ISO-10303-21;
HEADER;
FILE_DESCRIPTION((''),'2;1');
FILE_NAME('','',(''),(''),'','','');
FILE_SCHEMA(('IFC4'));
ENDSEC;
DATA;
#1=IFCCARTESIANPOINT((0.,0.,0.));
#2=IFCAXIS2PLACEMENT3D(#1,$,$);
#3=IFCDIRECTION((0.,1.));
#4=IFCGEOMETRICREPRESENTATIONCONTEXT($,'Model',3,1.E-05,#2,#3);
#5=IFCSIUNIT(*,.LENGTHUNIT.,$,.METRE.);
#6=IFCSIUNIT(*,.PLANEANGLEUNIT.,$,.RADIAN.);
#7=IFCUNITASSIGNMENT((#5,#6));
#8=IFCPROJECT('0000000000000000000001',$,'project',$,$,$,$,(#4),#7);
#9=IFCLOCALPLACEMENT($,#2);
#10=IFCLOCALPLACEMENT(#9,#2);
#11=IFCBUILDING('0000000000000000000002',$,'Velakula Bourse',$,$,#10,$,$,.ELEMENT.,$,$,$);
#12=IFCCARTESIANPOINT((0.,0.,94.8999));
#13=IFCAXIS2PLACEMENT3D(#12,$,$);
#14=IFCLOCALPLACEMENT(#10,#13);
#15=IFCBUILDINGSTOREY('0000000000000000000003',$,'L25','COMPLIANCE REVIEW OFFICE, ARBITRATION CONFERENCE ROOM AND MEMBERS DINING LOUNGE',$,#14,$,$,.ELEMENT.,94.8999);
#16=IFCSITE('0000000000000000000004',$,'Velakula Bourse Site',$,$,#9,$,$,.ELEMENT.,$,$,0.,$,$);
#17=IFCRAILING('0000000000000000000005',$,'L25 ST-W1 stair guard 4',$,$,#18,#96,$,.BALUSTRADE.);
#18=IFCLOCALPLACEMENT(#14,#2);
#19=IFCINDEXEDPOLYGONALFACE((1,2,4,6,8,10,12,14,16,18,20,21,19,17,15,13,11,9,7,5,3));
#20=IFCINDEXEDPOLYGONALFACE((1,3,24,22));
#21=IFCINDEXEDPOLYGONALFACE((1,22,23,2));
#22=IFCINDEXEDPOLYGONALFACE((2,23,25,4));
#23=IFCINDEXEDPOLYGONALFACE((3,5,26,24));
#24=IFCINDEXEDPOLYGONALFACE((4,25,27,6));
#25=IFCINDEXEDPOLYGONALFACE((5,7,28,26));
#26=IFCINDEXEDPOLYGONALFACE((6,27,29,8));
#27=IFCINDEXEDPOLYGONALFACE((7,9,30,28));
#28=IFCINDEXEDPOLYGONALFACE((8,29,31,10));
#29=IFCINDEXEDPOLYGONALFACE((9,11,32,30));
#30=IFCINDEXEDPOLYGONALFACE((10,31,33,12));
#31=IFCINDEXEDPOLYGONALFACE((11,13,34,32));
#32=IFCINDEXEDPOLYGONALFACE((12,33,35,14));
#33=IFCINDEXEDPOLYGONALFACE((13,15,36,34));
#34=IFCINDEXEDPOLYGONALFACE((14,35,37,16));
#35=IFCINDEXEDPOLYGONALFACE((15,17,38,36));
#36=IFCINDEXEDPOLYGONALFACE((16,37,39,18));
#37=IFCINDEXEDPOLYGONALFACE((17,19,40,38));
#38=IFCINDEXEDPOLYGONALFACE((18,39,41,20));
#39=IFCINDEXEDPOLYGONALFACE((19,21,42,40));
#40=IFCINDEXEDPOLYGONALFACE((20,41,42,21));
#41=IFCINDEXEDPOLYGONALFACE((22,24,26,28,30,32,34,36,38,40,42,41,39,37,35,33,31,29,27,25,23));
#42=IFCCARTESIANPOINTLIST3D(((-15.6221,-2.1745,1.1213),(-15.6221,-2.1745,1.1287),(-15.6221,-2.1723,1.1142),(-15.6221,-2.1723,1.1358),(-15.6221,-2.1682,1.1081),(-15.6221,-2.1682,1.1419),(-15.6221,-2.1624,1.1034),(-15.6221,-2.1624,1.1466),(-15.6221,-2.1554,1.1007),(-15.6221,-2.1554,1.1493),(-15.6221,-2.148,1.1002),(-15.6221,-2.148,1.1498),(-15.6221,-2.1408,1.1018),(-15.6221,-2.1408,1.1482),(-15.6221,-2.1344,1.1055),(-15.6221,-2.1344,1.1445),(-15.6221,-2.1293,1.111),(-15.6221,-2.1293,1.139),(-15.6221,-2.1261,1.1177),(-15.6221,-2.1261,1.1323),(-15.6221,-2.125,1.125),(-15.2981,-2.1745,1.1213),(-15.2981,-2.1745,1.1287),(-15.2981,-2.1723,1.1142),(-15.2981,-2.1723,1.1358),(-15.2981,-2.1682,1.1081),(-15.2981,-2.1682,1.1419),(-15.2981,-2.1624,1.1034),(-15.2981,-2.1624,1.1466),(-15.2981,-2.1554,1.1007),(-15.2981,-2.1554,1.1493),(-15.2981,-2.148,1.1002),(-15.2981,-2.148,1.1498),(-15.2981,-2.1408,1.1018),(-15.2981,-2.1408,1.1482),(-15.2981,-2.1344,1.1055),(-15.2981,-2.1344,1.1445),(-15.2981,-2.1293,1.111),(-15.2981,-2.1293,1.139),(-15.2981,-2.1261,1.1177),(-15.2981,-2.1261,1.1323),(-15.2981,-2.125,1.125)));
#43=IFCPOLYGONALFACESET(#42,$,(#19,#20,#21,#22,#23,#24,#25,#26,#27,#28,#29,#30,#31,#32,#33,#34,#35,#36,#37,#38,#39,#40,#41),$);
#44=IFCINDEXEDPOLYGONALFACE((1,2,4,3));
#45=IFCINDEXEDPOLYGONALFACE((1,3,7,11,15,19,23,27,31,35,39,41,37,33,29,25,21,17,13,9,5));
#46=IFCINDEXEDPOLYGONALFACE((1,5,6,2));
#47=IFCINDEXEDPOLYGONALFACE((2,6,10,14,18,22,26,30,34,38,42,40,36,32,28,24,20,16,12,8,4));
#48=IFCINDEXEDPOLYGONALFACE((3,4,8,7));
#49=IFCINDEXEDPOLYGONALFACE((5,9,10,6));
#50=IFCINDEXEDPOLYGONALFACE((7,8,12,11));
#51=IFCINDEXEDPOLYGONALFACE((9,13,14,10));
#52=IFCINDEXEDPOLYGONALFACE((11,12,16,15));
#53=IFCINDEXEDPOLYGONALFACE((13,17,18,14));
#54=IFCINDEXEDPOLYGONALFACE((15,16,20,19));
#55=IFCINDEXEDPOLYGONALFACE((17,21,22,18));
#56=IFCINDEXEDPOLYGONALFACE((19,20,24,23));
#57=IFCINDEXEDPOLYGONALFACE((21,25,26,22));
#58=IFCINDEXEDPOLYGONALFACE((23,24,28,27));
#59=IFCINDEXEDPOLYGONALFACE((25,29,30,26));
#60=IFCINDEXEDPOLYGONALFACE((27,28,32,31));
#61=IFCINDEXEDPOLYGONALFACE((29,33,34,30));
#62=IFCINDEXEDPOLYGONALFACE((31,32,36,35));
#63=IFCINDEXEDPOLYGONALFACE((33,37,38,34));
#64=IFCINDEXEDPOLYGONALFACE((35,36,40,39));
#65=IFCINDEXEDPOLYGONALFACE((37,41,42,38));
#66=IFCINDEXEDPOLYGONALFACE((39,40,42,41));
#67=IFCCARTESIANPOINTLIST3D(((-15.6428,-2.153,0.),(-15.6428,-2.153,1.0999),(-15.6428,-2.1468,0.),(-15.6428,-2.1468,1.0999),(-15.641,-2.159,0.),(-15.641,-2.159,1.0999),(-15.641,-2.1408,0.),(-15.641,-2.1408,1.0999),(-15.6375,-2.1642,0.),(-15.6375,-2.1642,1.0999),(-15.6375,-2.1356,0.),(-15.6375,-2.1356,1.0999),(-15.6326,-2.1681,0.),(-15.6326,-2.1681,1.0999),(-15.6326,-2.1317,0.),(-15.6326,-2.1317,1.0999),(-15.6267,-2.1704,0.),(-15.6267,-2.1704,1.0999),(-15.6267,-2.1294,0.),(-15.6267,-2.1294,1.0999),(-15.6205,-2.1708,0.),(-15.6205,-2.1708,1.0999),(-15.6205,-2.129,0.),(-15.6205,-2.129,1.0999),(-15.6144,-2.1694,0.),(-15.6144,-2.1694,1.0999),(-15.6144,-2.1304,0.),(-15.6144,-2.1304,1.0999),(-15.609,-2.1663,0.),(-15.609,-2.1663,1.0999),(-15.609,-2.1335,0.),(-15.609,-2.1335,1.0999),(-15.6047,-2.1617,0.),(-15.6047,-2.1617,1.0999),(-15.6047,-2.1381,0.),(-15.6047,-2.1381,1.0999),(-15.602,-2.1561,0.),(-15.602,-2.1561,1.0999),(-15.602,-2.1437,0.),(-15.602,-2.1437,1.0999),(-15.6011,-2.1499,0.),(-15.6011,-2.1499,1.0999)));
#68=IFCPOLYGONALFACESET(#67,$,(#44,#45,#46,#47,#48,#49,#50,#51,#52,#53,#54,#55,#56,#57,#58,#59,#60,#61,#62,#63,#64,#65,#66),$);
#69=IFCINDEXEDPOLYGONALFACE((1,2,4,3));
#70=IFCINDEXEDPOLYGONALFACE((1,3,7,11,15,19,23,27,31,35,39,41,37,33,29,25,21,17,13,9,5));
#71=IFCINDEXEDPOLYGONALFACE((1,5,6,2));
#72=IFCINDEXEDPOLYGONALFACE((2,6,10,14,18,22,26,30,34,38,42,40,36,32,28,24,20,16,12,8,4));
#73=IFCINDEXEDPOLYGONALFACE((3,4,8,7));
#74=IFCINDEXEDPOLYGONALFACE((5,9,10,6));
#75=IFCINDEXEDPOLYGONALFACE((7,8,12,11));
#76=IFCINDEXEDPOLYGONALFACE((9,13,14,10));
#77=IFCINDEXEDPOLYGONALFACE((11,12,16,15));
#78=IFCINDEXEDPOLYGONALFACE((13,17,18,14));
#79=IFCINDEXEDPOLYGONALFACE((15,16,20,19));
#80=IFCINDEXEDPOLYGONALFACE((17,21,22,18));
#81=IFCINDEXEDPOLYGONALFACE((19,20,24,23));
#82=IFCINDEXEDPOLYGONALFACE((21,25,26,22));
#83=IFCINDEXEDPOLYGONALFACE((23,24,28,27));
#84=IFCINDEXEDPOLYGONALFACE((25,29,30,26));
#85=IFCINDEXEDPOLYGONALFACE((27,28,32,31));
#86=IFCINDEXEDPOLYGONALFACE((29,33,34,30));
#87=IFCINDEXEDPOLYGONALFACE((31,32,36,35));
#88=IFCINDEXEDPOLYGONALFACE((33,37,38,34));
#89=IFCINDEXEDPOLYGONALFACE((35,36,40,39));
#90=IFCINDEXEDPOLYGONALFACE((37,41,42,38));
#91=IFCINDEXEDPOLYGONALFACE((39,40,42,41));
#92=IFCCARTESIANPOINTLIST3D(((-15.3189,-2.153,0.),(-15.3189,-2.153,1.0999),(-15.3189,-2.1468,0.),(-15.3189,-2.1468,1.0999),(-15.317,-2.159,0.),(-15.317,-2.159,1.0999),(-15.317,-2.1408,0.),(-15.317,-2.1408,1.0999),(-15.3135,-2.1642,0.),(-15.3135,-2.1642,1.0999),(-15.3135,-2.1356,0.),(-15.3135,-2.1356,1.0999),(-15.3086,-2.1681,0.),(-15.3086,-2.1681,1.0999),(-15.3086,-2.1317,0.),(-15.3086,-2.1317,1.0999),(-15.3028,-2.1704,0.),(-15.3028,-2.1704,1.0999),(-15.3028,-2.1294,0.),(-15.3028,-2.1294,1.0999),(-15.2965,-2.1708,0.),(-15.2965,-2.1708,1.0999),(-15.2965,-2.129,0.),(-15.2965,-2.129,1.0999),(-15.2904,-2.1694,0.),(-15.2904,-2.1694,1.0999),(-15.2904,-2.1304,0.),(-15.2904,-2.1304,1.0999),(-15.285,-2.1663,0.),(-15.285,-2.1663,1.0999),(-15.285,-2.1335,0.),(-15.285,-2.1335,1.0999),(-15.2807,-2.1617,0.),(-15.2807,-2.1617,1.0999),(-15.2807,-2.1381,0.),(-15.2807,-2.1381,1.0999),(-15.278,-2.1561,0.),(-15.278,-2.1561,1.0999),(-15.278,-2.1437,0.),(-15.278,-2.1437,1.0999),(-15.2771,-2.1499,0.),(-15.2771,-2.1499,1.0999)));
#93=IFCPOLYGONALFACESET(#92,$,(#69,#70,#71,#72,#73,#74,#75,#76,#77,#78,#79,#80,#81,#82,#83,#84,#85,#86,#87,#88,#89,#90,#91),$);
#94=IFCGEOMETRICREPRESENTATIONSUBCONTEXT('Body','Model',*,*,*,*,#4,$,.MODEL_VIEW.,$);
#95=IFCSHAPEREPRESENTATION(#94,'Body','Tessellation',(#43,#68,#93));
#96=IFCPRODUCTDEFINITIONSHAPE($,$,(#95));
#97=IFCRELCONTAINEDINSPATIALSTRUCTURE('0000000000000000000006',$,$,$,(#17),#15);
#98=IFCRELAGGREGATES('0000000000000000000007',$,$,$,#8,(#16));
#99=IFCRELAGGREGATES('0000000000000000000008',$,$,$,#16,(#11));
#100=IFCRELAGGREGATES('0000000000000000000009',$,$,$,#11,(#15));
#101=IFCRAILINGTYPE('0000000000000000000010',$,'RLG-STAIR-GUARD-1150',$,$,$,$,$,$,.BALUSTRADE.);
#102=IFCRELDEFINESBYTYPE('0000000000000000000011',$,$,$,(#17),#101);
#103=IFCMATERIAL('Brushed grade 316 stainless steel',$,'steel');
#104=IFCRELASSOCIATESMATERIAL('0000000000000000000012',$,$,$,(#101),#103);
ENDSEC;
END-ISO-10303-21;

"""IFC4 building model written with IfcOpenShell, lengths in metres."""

from ifc_helpers import new_model, si_unit, direction, frame, origin, origin_2d, place, context, subcontext, project, spatial, circle, extrude, material, type_object, element, save


model = new_model("IFC4")

# Units and contexts
model_context = context("Model", 3, precision=1e-05, world=origin(), true_north=direction((0.0, 1.0)))
body_context = subcontext(model_context, "Body", "Model", "MODEL_VIEW")
ifc_project = project(units=[si_unit("LENGTHUNIT", "METRE"), si_unit("PLANEANGLEUNIT", "RADIAN")], contexts=[model_context])

# Site, building, storey
site_placement = place(None, origin())
site = spatial("IfcSite", under=ifc_project, at=site_placement, Name="Velakula Bourse Site", CompositionType="ELEMENT", RefElevation=0.0)
building_placement = place(site_placement, origin())
building = spatial("IfcBuilding", under=site, at=building_placement, Name="Velakula Bourse", CompositionType="ELEMENT")
storey_placement = place(building_placement, frame((0.0, 0.0, 94.8999)))
storey = spatial("IfcBuildingStorey", under=building, at=storey_placement, Name="L25", Description="COMPLIANCE REVIEW OFFICE, ARBITRATION CONFERENCE ROOM AND MEMBERS DINING LOUNGE", CompositionType="ELEMENT", Elevation=94.8999)

# Shared definitions
ifc_material_1 = material(Name="Brushed grade 316 stainless steel", Category="steel")

# Railing
railing_type_1 = type_object("IfcRailingType", Name="RLG-STAIR-GUARD-1150", PredefinedType="BALUSTRADE", material=ifc_material_1)
railing_1_placement = place(storey_placement, frame((-15.6221, -2.1499, 0.0)))
element("IfcRailing", 1, at=railing_1_placement, inside=storey, type_object=railing_type_1, Name="L25 ST-W1 stair guard 4", PredefinedType="BALUSTRADE", context=body_context, shape_type="SweptSolid", body=[
    extrude(circle(Radius=0.0249, at=origin_2d()), frame((0.0, 0.0, 1.125), z_axis=(1.0, 0.0, 0.0), x_axis=(0.0, 1.0, 0.0)), (0.0, 0.0, 1.0), 0.324),
    extrude(circle(Radius=0.021, at=origin_2d()), origin(), (0.0, 0.0, 1.0), 1.0999),
    extrude(circle(Radius=0.021, at=origin_2d()), frame((0.324, 0.0, 0.0)), (0.0, 0.0, 1.0), 1.0999),
])

save(model, "model.ifc")
